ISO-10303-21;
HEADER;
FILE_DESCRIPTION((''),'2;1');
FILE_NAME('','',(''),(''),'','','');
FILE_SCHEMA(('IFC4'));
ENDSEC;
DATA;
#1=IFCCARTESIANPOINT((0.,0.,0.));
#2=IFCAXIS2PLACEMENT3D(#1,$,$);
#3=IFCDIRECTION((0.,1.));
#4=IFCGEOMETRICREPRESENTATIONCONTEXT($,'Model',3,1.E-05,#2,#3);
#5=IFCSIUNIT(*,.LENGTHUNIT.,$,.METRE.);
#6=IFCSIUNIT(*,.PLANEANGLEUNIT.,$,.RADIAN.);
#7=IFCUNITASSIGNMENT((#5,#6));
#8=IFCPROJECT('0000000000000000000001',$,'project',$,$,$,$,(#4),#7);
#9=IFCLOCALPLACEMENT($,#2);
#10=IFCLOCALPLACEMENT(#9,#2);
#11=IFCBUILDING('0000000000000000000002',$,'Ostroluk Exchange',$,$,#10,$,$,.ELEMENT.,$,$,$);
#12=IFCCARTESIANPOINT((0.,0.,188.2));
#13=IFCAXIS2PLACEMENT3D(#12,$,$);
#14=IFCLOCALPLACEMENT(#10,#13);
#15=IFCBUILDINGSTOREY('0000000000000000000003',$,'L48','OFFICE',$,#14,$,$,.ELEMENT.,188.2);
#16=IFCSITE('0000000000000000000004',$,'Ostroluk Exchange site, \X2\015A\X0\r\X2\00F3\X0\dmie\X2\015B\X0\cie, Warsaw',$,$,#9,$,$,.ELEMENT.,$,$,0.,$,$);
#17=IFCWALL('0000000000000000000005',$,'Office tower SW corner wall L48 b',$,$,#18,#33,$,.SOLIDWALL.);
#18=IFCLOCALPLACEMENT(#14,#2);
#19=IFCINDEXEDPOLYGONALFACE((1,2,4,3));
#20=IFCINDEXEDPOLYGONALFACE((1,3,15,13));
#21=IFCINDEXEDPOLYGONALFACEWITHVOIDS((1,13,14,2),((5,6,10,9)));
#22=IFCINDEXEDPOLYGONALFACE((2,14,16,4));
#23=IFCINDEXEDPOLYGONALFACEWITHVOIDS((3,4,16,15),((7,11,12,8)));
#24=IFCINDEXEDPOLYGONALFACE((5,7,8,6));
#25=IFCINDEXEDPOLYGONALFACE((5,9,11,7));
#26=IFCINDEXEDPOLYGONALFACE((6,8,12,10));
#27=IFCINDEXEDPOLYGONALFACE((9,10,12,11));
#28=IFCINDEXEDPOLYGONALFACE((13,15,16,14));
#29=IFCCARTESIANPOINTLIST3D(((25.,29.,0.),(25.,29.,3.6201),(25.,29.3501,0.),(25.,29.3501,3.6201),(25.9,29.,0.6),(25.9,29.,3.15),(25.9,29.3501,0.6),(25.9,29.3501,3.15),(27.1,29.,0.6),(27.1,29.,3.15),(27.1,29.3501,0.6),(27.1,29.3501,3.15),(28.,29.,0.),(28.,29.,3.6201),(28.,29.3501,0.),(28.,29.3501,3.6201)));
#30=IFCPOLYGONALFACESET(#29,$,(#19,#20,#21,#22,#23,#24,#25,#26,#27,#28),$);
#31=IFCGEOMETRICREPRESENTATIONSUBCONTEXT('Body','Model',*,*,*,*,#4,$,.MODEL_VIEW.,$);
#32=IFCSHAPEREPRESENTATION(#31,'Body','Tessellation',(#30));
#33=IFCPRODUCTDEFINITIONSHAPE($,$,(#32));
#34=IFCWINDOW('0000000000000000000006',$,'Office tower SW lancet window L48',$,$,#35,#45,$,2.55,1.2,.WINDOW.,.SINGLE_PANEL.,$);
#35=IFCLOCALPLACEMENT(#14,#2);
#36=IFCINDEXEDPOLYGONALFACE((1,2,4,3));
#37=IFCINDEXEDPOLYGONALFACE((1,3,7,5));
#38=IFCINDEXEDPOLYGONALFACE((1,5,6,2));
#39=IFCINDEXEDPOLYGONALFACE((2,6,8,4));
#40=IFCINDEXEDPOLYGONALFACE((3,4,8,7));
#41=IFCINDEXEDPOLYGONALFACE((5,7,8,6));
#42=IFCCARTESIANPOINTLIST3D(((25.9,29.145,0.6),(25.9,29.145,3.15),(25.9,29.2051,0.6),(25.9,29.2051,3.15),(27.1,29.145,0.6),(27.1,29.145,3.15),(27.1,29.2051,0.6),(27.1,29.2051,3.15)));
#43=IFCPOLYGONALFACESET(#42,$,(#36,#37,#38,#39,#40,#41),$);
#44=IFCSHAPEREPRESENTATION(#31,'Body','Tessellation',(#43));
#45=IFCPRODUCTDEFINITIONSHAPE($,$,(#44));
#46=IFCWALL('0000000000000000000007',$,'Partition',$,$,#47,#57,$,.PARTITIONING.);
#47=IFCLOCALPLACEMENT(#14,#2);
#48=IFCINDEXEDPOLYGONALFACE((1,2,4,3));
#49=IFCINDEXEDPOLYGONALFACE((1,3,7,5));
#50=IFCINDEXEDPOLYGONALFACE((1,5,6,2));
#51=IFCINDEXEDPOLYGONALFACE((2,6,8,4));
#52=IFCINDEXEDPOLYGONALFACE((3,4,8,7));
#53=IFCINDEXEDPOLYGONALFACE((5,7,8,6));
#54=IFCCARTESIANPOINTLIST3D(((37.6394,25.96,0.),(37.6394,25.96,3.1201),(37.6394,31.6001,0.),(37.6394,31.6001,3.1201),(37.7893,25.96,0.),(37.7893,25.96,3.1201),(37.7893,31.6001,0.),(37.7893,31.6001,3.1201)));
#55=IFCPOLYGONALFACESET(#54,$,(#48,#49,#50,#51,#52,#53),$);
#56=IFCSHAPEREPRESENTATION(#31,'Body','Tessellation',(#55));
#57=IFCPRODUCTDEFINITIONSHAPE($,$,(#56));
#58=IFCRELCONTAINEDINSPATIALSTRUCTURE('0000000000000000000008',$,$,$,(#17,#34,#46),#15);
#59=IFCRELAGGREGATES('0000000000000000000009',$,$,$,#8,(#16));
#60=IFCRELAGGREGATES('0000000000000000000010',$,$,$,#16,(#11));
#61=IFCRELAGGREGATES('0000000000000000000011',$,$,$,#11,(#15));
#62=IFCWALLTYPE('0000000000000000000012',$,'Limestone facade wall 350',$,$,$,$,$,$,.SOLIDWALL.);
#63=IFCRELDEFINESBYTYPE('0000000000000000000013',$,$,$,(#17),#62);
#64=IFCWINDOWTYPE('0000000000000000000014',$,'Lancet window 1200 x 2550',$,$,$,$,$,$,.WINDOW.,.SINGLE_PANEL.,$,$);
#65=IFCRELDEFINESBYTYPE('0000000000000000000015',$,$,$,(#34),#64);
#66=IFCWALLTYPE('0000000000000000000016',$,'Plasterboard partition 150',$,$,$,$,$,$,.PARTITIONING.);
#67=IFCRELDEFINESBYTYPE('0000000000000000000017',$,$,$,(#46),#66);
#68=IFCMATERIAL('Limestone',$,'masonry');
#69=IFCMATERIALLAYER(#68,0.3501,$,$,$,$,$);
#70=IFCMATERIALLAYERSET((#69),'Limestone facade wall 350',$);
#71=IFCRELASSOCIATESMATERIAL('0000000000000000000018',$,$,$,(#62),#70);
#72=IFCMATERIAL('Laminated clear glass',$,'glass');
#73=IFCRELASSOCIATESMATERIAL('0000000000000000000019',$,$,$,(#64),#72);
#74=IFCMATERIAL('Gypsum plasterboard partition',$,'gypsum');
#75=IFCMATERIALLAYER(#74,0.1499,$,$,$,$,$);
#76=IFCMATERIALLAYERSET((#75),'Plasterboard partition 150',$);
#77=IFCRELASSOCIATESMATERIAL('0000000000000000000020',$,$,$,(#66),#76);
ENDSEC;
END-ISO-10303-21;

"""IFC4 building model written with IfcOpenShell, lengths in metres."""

from ifc_helpers import new_model, si_unit, direction, frame, frame_2d, origin, place, context, subcontext, project, spatial, rectangle, extrude, material, layer, layer_set, type_object, element, fill, save


model = new_model("IFC4")

# Units and contexts
model_context = context("Model", 3, precision=1e-05, world=origin(), true_north=direction((0.0, 1.0)))
body_context = subcontext(model_context, "Body", "Model", "MODEL_VIEW")
ifc_project = project(units=[si_unit("LENGTHUNIT", "METRE"), si_unit("PLANEANGLEUNIT", "RADIAN")], contexts=[model_context])

# Site, building, storey
site_placement = place(None, origin())
site = spatial("IfcSite", under=ifc_project, at=site_placement, Name="Ostroluk Exchange site, Śródmieście, Warsaw", CompositionType="ELEMENT", RefElevation=0.0)
building_placement = place(site_placement, origin())
building = spatial("IfcBuilding", under=site, at=building_placement, Name="Ostroluk Exchange", CompositionType="ELEMENT")
storey_placement = place(building_placement, frame((0.0, 0.0, 188.2)))
storey = spatial("IfcBuildingStorey", under=building, at=storey_placement, Name="L48", Description="OFFICE", CompositionType="ELEMENT", Elevation=188.2)

# Shared definitions
ifc_material_1 = material(Name="Limestone", Category="masonry")
ifc_layer_1 = layer(ifc_material_1, 0.3501)
ifc_layer_set_1 = layer_set([ifc_layer_1], Name="Limestone facade wall 350")
wall_type_1 = type_object("IfcWallType", Name="Limestone facade wall 350", PredefinedType="SOLIDWALL", material=ifc_layer_set_1)

# Wall, opening, window
wall_1_placement = place(storey_placement, frame((28.0, 29.175, 0.0), z_axis=(0.0, 0.0, 1.0), x_axis=(-1.0, 0.0, 0.0)))
wall_1 = element("IfcWall", 1, at=wall_1_placement, inside=storey, type_object=wall_type_1, Name="Office tower SW corner wall L48 b", PredefinedType="SOLIDWALL", context=body_context, shape_type="SweptSolid", body=[
    extrude(rectangle(XDim=3.0, YDim=0.3501, at=frame_2d((1.5, 0.0))), origin(), (0.0, 0.0, 1.0), 3.6201),
])
opening_1_placement = place(wall_1_placement, frame((0.8999, 0.0, 0.6001)))
opening_1 = element("IfcOpeningElement", 2, at=opening_1_placement, cuts=wall_1, PredefinedType="OPENING", context=body_context, shape_type="SweptSolid", body=[
    extrude(rectangle(XDim=1.2, YDim=2.55, at=frame_2d((0.6001, 1.2749))), frame((0.0, 0.1851, 0.0), z_axis=(0.0, -1.0, 0.0), x_axis=(1.0, 0.0, 0.0)), (0.0, 0.0, 1.0), 0.3701),
])
ifc_material_2 = material(Name="Laminated clear glass", Category="glass")
window_type = type_object("IfcWindowType", Name="Lancet window 1200 x 2550", PartitioningType="SINGLE_PANEL", PredefinedType="WINDOW", material=ifc_material_2)
window_placement = place(opening_1_placement, origin())
window = element("IfcWindow", 3, at=window_placement, inside=storey, type_object=window_type, Name="Office tower SW lancet window L48", OverallHeight=2.55, OverallWidth=1.2, PartitioningType="SINGLE_PANEL", PredefinedType="WINDOW", context=body_context, shape_type="SweptSolid", body=[
    extrude(rectangle(XDim=1.2, YDim=2.55, at=frame_2d((0.6001, 1.2749))), frame((0.0, 0.03, 0.0), z_axis=(0.0, -1.0, 0.0), x_axis=(1.0, 0.0, 0.0)), (0.0, 0.0, 1.0), 0.0601),
])
fill(opening_1, window)

# Wall
ifc_material_3 = material(Name="Gypsum plasterboard partition", Category="gypsum")
ifc_layer_2 = layer(ifc_material_3, 0.1499)
ifc_layer_set_2 = layer_set([ifc_layer_2], Name="Plasterboard partition 150")
wall_type_2 = type_object("IfcWallType", Name="Plasterboard partition 150", PredefinedType="PARTITIONING", material=ifc_layer_set_2)
wall_2_placement = place(storey_placement, frame((37.7144, 31.6001, 0.0), z_axis=(0.0, 0.0, 1.0), x_axis=(0.0, -1.0, 0.0)))
element("IfcWall", 4, at=wall_2_placement, inside=storey, type_object=wall_type_2, Name="Partition", PredefinedType="PARTITIONING", context=body_context, shape_type="SweptSolid", body=[
    extrude(rectangle(XDim=5.6401, YDim=0.1499, at=frame_2d((2.8201, 0.0))), origin(), (0.0, 0.0, 1.0), 3.1201),
])

save(model, "model.ifc")
